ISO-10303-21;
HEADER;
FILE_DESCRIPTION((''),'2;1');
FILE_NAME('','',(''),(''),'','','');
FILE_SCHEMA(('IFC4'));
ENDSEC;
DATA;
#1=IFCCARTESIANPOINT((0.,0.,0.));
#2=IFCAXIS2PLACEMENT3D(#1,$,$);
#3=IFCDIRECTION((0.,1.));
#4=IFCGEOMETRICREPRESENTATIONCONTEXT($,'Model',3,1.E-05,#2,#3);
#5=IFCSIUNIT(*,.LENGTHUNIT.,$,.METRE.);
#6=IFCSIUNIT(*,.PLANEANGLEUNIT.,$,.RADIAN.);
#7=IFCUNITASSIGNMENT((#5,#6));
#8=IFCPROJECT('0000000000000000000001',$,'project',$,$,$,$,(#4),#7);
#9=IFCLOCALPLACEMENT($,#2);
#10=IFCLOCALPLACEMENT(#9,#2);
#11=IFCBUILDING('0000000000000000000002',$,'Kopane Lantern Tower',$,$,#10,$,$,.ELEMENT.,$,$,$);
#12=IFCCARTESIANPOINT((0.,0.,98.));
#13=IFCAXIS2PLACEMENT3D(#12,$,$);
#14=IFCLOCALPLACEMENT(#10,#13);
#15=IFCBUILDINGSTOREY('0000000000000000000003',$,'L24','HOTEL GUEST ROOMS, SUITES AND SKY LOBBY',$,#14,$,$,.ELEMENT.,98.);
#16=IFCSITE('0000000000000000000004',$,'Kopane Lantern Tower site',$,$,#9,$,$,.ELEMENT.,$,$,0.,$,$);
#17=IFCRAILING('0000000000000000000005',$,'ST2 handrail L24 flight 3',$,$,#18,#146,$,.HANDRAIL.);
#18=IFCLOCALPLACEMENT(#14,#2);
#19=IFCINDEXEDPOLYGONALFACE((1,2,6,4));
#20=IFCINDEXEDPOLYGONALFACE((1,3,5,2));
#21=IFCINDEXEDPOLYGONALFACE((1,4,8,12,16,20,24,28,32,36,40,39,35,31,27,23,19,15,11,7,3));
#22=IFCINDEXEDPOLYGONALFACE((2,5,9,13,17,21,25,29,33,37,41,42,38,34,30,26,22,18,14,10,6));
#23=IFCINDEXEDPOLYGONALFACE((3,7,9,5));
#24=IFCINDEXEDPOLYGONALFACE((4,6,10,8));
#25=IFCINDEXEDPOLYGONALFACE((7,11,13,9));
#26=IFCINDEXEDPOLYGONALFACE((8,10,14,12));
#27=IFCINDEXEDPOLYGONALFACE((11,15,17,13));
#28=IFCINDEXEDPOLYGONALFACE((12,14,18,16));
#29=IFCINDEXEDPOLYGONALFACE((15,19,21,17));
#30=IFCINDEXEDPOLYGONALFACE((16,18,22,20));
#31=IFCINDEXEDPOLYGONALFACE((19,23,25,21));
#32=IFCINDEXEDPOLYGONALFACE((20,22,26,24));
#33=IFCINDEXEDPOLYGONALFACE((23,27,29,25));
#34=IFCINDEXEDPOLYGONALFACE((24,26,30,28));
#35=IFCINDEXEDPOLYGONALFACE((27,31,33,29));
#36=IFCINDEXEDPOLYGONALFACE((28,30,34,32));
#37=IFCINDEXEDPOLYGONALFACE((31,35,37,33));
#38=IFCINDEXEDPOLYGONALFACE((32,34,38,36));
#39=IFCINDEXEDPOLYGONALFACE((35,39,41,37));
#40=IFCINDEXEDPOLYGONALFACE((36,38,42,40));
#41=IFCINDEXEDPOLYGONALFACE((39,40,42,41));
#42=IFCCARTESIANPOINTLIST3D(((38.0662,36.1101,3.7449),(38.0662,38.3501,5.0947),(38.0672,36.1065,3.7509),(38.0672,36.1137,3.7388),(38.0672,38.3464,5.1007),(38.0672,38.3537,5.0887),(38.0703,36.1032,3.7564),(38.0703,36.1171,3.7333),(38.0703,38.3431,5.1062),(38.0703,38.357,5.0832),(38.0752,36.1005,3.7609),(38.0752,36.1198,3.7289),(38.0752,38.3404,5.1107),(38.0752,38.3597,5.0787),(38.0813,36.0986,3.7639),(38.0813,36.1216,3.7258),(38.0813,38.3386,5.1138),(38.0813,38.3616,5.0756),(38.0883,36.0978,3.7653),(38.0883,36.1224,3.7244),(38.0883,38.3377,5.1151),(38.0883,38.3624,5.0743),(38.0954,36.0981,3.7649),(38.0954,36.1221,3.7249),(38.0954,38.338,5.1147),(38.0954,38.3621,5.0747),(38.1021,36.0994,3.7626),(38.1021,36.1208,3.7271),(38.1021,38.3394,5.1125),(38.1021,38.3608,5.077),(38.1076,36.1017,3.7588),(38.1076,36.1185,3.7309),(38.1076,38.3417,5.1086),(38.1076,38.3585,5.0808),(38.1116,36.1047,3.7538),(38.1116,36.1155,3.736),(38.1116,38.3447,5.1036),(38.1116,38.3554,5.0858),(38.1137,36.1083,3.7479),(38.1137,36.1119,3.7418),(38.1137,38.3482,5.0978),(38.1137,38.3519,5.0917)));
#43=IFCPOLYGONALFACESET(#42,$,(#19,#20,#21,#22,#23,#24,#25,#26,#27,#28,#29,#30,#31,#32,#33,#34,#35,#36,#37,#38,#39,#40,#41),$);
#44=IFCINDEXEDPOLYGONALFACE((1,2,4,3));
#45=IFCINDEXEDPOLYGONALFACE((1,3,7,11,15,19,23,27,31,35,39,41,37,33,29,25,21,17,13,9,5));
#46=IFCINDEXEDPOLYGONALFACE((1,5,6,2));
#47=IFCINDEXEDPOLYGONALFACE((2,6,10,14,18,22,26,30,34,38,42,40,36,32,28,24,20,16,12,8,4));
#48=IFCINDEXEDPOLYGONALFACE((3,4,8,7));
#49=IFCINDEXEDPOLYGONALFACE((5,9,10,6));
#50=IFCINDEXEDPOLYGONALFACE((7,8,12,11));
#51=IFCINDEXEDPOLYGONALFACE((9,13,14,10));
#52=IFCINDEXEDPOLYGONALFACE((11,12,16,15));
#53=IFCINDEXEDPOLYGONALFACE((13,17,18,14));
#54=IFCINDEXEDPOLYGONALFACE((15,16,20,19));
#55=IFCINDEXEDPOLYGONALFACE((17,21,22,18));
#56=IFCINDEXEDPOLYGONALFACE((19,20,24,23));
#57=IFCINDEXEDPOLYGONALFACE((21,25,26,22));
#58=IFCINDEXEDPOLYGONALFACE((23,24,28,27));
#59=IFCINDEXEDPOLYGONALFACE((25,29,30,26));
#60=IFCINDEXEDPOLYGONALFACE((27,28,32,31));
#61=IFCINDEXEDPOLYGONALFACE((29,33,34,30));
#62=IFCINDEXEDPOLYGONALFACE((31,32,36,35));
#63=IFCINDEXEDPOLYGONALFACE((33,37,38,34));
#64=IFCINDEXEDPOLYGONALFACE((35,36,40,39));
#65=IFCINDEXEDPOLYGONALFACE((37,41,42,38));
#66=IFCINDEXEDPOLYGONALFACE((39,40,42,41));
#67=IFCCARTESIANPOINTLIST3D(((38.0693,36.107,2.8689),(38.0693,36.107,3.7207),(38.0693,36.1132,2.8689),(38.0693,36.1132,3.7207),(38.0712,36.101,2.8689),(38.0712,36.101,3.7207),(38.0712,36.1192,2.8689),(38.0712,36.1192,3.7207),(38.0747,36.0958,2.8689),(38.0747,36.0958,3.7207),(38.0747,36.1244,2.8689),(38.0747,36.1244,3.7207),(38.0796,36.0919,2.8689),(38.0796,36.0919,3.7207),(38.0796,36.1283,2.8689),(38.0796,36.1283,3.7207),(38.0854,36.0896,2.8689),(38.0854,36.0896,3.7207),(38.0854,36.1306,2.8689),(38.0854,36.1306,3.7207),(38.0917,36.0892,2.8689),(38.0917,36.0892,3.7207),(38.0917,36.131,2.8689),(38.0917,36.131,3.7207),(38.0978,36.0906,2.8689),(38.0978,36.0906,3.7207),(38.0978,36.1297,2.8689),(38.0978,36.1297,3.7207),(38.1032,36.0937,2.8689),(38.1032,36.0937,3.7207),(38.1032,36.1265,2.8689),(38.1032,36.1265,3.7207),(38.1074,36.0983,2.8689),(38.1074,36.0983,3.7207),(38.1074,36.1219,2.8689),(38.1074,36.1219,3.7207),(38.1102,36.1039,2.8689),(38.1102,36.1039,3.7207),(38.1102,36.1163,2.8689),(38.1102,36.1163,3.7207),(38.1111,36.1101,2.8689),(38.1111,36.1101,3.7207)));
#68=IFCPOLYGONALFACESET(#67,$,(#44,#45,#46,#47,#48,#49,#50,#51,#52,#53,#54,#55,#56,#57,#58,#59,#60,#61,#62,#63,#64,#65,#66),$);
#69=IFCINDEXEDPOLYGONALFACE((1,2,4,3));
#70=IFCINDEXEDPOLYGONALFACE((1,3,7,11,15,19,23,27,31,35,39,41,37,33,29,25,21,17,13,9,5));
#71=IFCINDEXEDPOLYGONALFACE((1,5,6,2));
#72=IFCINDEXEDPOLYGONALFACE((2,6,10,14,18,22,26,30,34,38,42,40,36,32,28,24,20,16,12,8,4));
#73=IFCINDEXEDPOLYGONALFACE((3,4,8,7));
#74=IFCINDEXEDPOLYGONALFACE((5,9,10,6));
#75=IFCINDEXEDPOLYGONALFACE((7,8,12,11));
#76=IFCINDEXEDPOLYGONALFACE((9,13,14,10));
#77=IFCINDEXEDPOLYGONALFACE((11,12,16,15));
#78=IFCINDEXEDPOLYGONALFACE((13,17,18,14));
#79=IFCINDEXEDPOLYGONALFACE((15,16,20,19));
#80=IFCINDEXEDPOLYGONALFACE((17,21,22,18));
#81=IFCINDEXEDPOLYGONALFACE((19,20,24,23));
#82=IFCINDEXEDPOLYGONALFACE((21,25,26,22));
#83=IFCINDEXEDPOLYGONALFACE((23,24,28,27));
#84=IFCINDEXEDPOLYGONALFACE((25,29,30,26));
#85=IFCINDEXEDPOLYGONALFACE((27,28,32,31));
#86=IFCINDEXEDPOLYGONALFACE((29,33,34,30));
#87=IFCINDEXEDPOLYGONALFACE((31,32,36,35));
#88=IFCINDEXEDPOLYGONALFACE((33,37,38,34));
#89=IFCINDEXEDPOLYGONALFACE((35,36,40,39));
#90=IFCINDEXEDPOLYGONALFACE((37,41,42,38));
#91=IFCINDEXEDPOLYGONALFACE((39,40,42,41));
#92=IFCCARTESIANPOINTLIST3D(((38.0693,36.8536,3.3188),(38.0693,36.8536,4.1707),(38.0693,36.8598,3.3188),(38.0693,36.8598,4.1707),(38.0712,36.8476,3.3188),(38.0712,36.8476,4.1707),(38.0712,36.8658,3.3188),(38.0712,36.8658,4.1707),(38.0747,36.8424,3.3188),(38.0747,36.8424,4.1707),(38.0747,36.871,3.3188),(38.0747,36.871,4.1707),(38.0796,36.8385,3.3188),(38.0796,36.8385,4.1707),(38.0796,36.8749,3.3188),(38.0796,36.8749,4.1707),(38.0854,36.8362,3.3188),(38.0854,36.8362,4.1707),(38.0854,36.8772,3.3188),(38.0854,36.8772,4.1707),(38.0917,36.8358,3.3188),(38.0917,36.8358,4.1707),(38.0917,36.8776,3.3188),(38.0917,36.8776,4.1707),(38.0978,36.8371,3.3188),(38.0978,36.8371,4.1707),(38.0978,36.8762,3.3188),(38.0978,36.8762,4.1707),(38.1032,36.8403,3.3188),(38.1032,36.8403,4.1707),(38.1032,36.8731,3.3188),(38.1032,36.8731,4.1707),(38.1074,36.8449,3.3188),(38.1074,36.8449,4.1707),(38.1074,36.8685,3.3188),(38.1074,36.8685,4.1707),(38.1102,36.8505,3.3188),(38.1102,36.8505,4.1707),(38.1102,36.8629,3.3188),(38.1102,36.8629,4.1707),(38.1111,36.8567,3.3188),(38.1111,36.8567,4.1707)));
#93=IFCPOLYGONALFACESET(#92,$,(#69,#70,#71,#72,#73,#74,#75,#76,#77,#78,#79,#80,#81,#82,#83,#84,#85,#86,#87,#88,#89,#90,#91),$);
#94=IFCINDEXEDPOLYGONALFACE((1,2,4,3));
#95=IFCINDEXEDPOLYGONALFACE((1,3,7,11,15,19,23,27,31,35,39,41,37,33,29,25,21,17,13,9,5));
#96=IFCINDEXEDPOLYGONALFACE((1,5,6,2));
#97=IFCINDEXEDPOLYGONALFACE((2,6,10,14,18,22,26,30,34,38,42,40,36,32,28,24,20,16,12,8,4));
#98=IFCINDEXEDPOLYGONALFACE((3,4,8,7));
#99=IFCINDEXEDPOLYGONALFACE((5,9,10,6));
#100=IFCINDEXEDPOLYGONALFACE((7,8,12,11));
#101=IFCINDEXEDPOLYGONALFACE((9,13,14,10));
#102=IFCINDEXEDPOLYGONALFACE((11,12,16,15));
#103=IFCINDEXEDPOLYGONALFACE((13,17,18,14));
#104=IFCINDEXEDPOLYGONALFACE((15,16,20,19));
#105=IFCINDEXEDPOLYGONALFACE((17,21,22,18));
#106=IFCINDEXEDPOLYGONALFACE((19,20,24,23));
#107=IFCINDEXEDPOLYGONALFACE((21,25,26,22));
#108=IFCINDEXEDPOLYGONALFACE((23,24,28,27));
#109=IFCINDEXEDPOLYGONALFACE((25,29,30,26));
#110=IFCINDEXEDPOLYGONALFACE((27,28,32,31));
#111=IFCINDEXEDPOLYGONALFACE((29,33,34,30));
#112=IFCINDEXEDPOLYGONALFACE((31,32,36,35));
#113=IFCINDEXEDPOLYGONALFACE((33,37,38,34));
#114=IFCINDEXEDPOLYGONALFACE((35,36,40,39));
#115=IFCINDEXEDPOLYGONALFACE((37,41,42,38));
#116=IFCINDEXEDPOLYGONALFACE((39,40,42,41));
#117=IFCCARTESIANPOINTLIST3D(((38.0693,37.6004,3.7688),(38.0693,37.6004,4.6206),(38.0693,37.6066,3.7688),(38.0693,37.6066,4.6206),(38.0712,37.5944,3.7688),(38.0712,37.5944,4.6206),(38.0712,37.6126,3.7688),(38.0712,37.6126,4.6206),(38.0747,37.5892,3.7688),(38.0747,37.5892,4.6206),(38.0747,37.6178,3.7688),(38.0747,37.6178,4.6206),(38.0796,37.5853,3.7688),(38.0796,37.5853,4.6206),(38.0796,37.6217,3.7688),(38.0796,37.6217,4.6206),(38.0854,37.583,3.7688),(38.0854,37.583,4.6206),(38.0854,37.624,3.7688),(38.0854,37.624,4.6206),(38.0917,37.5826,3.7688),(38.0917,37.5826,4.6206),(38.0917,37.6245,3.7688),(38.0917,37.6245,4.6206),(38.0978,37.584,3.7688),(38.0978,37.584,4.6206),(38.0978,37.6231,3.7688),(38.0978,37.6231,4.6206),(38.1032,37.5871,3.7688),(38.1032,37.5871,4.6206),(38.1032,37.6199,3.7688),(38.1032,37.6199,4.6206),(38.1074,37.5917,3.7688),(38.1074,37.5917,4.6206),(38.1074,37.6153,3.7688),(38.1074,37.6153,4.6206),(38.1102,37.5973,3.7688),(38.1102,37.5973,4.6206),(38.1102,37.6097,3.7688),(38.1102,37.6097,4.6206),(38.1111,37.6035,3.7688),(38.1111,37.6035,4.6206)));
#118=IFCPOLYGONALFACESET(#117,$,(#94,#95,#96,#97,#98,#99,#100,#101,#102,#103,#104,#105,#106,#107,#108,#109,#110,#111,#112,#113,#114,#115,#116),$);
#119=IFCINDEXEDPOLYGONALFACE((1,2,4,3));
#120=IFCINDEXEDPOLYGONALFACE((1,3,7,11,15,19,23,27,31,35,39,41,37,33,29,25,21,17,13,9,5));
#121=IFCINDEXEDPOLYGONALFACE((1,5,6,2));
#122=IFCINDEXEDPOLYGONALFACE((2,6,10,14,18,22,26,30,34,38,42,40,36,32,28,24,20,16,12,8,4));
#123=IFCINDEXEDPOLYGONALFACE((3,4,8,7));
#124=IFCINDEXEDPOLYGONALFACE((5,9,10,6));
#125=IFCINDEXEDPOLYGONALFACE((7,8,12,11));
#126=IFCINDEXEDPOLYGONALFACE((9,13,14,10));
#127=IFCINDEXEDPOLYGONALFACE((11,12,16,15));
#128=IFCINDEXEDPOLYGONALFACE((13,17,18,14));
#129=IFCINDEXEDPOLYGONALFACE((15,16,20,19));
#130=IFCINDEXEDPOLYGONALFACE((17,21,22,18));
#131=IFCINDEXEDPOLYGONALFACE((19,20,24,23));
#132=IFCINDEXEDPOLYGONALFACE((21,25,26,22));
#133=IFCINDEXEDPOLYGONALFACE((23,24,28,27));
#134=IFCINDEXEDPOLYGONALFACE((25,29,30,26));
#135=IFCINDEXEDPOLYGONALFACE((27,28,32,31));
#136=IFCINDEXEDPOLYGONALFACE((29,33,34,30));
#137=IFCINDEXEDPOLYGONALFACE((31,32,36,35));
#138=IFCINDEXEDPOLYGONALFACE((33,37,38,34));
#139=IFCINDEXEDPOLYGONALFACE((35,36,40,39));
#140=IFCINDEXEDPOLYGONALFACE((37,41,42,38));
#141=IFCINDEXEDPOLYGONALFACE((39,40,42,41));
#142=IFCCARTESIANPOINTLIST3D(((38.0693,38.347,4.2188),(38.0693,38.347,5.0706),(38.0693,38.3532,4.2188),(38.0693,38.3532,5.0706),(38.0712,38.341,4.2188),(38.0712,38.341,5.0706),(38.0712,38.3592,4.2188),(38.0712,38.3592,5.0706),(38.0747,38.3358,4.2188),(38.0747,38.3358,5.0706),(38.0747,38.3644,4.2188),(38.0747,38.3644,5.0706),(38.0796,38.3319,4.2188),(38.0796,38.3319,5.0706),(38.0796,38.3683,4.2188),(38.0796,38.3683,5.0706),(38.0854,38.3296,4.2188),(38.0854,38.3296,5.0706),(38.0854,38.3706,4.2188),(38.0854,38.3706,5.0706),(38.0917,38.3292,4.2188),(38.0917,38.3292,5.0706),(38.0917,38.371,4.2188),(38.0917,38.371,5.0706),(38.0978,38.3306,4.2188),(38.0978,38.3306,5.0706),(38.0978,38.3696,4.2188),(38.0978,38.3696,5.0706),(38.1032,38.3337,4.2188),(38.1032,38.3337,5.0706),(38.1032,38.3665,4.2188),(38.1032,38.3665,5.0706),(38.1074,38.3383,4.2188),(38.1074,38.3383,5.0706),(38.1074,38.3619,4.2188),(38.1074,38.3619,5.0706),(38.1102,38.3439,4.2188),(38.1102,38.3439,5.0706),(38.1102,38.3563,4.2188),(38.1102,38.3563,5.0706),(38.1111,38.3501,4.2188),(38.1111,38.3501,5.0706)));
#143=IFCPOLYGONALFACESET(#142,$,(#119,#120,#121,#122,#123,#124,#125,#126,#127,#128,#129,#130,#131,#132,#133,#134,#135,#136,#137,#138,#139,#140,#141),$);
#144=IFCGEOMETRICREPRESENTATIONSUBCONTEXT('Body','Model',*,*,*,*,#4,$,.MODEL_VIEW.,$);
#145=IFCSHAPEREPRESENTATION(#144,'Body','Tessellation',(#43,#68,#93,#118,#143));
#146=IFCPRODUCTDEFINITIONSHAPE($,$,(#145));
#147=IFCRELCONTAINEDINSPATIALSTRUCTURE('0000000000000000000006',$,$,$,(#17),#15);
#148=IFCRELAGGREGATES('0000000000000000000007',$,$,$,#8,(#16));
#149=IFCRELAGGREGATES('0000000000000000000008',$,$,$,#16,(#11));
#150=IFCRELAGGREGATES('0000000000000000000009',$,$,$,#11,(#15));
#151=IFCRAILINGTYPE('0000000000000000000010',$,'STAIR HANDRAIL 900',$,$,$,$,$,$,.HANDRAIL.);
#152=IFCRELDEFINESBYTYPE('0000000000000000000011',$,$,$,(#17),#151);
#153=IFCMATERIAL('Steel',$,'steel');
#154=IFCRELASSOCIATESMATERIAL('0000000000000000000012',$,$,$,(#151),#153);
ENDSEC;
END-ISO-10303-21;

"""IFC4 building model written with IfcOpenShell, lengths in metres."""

from ifc_helpers import new_model, si_unit, direction, frame, origin, origin_2d, place, context, subcontext, project, spatial, circle, extrude, material, type_object, element, save


model = new_model("IFC4")

# Units and contexts
model_context = context("Model", 3, precision=1e-05, world=origin(), true_north=direction((0.0, 1.0)))
body_context = subcontext(model_context, "Body", "Model", "MODEL_VIEW")
ifc_project = project(units=[si_unit("LENGTHUNIT", "METRE"), si_unit("PLANEANGLEUNIT", "RADIAN")], contexts=[model_context])

# Site, building, storey
site_placement = place(None, origin())
site = spatial("IfcSite", under=ifc_project, at=site_placement, Name="Kopane Lantern Tower site", CompositionType="ELEMENT", RefElevation=0.0)
building_placement = place(site_placement, origin())
building = spatial("IfcBuilding", under=site, at=building_placement, Name="Kopane Lantern Tower", CompositionType="ELEMENT")
storey_placement = place(building_placement, frame((0.0, 0.0, 98.0)))
storey = spatial("IfcBuildingStorey", under=building, at=storey_placement, Name="L24", Description="HOTEL GUEST ROOMS, SUITES AND SKY LOBBY", CompositionType="ELEMENT", Elevation=98.0)

# Railing
ifc_material_1 = material(Name="Steel", Category="steel")
railing_type_1 = type_object("IfcRailingType", Name="STAIR HANDRAIL 900", PredefinedType="HANDRAIL", material=ifc_material_1)
railing_1_placement = place(storey_placement, frame((38.0901, 36.1101, 2.8689)))
element("IfcRailing", 1, at=railing_1_placement, inside=storey, type_object=railing_type_1, Name="ST2 handrail L24 flight 3", PredefinedType="HANDRAIL", context=body_context, shape_type="SweptSolid", body=[
    extrude(circle(Radius=0.0239, at=origin_2d()), frame((0.0, 0.0, 0.876), z_axis=(0.0, 0.856503, 0.516142), x_axis=(-1.0, 0.0, 0.0)), (0.0, 0.0, 1.0), 2.6152),
    extrude(circle(Radius=0.021, at=origin_2d()), origin(), (0.0, 0.0, 1.0), 0.8518),
    extrude(circle(Radius=0.021, at=origin_2d()), frame((0.0, 0.7466, 0.45)), (0.0, 0.0, 1.0), 0.8518),
    extrude(circle(Radius=0.021, at=origin_2d()), frame((0.0, 1.4934, 0.8999)), (0.0, 0.0, 1.0), 0.8518),
    extrude(circle(Radius=0.021, at=origin_2d()), frame((0.0, 2.24, 1.3499)), (0.0, 0.0, 1.0), 0.8518),
])

save(model, "model.ifc")
